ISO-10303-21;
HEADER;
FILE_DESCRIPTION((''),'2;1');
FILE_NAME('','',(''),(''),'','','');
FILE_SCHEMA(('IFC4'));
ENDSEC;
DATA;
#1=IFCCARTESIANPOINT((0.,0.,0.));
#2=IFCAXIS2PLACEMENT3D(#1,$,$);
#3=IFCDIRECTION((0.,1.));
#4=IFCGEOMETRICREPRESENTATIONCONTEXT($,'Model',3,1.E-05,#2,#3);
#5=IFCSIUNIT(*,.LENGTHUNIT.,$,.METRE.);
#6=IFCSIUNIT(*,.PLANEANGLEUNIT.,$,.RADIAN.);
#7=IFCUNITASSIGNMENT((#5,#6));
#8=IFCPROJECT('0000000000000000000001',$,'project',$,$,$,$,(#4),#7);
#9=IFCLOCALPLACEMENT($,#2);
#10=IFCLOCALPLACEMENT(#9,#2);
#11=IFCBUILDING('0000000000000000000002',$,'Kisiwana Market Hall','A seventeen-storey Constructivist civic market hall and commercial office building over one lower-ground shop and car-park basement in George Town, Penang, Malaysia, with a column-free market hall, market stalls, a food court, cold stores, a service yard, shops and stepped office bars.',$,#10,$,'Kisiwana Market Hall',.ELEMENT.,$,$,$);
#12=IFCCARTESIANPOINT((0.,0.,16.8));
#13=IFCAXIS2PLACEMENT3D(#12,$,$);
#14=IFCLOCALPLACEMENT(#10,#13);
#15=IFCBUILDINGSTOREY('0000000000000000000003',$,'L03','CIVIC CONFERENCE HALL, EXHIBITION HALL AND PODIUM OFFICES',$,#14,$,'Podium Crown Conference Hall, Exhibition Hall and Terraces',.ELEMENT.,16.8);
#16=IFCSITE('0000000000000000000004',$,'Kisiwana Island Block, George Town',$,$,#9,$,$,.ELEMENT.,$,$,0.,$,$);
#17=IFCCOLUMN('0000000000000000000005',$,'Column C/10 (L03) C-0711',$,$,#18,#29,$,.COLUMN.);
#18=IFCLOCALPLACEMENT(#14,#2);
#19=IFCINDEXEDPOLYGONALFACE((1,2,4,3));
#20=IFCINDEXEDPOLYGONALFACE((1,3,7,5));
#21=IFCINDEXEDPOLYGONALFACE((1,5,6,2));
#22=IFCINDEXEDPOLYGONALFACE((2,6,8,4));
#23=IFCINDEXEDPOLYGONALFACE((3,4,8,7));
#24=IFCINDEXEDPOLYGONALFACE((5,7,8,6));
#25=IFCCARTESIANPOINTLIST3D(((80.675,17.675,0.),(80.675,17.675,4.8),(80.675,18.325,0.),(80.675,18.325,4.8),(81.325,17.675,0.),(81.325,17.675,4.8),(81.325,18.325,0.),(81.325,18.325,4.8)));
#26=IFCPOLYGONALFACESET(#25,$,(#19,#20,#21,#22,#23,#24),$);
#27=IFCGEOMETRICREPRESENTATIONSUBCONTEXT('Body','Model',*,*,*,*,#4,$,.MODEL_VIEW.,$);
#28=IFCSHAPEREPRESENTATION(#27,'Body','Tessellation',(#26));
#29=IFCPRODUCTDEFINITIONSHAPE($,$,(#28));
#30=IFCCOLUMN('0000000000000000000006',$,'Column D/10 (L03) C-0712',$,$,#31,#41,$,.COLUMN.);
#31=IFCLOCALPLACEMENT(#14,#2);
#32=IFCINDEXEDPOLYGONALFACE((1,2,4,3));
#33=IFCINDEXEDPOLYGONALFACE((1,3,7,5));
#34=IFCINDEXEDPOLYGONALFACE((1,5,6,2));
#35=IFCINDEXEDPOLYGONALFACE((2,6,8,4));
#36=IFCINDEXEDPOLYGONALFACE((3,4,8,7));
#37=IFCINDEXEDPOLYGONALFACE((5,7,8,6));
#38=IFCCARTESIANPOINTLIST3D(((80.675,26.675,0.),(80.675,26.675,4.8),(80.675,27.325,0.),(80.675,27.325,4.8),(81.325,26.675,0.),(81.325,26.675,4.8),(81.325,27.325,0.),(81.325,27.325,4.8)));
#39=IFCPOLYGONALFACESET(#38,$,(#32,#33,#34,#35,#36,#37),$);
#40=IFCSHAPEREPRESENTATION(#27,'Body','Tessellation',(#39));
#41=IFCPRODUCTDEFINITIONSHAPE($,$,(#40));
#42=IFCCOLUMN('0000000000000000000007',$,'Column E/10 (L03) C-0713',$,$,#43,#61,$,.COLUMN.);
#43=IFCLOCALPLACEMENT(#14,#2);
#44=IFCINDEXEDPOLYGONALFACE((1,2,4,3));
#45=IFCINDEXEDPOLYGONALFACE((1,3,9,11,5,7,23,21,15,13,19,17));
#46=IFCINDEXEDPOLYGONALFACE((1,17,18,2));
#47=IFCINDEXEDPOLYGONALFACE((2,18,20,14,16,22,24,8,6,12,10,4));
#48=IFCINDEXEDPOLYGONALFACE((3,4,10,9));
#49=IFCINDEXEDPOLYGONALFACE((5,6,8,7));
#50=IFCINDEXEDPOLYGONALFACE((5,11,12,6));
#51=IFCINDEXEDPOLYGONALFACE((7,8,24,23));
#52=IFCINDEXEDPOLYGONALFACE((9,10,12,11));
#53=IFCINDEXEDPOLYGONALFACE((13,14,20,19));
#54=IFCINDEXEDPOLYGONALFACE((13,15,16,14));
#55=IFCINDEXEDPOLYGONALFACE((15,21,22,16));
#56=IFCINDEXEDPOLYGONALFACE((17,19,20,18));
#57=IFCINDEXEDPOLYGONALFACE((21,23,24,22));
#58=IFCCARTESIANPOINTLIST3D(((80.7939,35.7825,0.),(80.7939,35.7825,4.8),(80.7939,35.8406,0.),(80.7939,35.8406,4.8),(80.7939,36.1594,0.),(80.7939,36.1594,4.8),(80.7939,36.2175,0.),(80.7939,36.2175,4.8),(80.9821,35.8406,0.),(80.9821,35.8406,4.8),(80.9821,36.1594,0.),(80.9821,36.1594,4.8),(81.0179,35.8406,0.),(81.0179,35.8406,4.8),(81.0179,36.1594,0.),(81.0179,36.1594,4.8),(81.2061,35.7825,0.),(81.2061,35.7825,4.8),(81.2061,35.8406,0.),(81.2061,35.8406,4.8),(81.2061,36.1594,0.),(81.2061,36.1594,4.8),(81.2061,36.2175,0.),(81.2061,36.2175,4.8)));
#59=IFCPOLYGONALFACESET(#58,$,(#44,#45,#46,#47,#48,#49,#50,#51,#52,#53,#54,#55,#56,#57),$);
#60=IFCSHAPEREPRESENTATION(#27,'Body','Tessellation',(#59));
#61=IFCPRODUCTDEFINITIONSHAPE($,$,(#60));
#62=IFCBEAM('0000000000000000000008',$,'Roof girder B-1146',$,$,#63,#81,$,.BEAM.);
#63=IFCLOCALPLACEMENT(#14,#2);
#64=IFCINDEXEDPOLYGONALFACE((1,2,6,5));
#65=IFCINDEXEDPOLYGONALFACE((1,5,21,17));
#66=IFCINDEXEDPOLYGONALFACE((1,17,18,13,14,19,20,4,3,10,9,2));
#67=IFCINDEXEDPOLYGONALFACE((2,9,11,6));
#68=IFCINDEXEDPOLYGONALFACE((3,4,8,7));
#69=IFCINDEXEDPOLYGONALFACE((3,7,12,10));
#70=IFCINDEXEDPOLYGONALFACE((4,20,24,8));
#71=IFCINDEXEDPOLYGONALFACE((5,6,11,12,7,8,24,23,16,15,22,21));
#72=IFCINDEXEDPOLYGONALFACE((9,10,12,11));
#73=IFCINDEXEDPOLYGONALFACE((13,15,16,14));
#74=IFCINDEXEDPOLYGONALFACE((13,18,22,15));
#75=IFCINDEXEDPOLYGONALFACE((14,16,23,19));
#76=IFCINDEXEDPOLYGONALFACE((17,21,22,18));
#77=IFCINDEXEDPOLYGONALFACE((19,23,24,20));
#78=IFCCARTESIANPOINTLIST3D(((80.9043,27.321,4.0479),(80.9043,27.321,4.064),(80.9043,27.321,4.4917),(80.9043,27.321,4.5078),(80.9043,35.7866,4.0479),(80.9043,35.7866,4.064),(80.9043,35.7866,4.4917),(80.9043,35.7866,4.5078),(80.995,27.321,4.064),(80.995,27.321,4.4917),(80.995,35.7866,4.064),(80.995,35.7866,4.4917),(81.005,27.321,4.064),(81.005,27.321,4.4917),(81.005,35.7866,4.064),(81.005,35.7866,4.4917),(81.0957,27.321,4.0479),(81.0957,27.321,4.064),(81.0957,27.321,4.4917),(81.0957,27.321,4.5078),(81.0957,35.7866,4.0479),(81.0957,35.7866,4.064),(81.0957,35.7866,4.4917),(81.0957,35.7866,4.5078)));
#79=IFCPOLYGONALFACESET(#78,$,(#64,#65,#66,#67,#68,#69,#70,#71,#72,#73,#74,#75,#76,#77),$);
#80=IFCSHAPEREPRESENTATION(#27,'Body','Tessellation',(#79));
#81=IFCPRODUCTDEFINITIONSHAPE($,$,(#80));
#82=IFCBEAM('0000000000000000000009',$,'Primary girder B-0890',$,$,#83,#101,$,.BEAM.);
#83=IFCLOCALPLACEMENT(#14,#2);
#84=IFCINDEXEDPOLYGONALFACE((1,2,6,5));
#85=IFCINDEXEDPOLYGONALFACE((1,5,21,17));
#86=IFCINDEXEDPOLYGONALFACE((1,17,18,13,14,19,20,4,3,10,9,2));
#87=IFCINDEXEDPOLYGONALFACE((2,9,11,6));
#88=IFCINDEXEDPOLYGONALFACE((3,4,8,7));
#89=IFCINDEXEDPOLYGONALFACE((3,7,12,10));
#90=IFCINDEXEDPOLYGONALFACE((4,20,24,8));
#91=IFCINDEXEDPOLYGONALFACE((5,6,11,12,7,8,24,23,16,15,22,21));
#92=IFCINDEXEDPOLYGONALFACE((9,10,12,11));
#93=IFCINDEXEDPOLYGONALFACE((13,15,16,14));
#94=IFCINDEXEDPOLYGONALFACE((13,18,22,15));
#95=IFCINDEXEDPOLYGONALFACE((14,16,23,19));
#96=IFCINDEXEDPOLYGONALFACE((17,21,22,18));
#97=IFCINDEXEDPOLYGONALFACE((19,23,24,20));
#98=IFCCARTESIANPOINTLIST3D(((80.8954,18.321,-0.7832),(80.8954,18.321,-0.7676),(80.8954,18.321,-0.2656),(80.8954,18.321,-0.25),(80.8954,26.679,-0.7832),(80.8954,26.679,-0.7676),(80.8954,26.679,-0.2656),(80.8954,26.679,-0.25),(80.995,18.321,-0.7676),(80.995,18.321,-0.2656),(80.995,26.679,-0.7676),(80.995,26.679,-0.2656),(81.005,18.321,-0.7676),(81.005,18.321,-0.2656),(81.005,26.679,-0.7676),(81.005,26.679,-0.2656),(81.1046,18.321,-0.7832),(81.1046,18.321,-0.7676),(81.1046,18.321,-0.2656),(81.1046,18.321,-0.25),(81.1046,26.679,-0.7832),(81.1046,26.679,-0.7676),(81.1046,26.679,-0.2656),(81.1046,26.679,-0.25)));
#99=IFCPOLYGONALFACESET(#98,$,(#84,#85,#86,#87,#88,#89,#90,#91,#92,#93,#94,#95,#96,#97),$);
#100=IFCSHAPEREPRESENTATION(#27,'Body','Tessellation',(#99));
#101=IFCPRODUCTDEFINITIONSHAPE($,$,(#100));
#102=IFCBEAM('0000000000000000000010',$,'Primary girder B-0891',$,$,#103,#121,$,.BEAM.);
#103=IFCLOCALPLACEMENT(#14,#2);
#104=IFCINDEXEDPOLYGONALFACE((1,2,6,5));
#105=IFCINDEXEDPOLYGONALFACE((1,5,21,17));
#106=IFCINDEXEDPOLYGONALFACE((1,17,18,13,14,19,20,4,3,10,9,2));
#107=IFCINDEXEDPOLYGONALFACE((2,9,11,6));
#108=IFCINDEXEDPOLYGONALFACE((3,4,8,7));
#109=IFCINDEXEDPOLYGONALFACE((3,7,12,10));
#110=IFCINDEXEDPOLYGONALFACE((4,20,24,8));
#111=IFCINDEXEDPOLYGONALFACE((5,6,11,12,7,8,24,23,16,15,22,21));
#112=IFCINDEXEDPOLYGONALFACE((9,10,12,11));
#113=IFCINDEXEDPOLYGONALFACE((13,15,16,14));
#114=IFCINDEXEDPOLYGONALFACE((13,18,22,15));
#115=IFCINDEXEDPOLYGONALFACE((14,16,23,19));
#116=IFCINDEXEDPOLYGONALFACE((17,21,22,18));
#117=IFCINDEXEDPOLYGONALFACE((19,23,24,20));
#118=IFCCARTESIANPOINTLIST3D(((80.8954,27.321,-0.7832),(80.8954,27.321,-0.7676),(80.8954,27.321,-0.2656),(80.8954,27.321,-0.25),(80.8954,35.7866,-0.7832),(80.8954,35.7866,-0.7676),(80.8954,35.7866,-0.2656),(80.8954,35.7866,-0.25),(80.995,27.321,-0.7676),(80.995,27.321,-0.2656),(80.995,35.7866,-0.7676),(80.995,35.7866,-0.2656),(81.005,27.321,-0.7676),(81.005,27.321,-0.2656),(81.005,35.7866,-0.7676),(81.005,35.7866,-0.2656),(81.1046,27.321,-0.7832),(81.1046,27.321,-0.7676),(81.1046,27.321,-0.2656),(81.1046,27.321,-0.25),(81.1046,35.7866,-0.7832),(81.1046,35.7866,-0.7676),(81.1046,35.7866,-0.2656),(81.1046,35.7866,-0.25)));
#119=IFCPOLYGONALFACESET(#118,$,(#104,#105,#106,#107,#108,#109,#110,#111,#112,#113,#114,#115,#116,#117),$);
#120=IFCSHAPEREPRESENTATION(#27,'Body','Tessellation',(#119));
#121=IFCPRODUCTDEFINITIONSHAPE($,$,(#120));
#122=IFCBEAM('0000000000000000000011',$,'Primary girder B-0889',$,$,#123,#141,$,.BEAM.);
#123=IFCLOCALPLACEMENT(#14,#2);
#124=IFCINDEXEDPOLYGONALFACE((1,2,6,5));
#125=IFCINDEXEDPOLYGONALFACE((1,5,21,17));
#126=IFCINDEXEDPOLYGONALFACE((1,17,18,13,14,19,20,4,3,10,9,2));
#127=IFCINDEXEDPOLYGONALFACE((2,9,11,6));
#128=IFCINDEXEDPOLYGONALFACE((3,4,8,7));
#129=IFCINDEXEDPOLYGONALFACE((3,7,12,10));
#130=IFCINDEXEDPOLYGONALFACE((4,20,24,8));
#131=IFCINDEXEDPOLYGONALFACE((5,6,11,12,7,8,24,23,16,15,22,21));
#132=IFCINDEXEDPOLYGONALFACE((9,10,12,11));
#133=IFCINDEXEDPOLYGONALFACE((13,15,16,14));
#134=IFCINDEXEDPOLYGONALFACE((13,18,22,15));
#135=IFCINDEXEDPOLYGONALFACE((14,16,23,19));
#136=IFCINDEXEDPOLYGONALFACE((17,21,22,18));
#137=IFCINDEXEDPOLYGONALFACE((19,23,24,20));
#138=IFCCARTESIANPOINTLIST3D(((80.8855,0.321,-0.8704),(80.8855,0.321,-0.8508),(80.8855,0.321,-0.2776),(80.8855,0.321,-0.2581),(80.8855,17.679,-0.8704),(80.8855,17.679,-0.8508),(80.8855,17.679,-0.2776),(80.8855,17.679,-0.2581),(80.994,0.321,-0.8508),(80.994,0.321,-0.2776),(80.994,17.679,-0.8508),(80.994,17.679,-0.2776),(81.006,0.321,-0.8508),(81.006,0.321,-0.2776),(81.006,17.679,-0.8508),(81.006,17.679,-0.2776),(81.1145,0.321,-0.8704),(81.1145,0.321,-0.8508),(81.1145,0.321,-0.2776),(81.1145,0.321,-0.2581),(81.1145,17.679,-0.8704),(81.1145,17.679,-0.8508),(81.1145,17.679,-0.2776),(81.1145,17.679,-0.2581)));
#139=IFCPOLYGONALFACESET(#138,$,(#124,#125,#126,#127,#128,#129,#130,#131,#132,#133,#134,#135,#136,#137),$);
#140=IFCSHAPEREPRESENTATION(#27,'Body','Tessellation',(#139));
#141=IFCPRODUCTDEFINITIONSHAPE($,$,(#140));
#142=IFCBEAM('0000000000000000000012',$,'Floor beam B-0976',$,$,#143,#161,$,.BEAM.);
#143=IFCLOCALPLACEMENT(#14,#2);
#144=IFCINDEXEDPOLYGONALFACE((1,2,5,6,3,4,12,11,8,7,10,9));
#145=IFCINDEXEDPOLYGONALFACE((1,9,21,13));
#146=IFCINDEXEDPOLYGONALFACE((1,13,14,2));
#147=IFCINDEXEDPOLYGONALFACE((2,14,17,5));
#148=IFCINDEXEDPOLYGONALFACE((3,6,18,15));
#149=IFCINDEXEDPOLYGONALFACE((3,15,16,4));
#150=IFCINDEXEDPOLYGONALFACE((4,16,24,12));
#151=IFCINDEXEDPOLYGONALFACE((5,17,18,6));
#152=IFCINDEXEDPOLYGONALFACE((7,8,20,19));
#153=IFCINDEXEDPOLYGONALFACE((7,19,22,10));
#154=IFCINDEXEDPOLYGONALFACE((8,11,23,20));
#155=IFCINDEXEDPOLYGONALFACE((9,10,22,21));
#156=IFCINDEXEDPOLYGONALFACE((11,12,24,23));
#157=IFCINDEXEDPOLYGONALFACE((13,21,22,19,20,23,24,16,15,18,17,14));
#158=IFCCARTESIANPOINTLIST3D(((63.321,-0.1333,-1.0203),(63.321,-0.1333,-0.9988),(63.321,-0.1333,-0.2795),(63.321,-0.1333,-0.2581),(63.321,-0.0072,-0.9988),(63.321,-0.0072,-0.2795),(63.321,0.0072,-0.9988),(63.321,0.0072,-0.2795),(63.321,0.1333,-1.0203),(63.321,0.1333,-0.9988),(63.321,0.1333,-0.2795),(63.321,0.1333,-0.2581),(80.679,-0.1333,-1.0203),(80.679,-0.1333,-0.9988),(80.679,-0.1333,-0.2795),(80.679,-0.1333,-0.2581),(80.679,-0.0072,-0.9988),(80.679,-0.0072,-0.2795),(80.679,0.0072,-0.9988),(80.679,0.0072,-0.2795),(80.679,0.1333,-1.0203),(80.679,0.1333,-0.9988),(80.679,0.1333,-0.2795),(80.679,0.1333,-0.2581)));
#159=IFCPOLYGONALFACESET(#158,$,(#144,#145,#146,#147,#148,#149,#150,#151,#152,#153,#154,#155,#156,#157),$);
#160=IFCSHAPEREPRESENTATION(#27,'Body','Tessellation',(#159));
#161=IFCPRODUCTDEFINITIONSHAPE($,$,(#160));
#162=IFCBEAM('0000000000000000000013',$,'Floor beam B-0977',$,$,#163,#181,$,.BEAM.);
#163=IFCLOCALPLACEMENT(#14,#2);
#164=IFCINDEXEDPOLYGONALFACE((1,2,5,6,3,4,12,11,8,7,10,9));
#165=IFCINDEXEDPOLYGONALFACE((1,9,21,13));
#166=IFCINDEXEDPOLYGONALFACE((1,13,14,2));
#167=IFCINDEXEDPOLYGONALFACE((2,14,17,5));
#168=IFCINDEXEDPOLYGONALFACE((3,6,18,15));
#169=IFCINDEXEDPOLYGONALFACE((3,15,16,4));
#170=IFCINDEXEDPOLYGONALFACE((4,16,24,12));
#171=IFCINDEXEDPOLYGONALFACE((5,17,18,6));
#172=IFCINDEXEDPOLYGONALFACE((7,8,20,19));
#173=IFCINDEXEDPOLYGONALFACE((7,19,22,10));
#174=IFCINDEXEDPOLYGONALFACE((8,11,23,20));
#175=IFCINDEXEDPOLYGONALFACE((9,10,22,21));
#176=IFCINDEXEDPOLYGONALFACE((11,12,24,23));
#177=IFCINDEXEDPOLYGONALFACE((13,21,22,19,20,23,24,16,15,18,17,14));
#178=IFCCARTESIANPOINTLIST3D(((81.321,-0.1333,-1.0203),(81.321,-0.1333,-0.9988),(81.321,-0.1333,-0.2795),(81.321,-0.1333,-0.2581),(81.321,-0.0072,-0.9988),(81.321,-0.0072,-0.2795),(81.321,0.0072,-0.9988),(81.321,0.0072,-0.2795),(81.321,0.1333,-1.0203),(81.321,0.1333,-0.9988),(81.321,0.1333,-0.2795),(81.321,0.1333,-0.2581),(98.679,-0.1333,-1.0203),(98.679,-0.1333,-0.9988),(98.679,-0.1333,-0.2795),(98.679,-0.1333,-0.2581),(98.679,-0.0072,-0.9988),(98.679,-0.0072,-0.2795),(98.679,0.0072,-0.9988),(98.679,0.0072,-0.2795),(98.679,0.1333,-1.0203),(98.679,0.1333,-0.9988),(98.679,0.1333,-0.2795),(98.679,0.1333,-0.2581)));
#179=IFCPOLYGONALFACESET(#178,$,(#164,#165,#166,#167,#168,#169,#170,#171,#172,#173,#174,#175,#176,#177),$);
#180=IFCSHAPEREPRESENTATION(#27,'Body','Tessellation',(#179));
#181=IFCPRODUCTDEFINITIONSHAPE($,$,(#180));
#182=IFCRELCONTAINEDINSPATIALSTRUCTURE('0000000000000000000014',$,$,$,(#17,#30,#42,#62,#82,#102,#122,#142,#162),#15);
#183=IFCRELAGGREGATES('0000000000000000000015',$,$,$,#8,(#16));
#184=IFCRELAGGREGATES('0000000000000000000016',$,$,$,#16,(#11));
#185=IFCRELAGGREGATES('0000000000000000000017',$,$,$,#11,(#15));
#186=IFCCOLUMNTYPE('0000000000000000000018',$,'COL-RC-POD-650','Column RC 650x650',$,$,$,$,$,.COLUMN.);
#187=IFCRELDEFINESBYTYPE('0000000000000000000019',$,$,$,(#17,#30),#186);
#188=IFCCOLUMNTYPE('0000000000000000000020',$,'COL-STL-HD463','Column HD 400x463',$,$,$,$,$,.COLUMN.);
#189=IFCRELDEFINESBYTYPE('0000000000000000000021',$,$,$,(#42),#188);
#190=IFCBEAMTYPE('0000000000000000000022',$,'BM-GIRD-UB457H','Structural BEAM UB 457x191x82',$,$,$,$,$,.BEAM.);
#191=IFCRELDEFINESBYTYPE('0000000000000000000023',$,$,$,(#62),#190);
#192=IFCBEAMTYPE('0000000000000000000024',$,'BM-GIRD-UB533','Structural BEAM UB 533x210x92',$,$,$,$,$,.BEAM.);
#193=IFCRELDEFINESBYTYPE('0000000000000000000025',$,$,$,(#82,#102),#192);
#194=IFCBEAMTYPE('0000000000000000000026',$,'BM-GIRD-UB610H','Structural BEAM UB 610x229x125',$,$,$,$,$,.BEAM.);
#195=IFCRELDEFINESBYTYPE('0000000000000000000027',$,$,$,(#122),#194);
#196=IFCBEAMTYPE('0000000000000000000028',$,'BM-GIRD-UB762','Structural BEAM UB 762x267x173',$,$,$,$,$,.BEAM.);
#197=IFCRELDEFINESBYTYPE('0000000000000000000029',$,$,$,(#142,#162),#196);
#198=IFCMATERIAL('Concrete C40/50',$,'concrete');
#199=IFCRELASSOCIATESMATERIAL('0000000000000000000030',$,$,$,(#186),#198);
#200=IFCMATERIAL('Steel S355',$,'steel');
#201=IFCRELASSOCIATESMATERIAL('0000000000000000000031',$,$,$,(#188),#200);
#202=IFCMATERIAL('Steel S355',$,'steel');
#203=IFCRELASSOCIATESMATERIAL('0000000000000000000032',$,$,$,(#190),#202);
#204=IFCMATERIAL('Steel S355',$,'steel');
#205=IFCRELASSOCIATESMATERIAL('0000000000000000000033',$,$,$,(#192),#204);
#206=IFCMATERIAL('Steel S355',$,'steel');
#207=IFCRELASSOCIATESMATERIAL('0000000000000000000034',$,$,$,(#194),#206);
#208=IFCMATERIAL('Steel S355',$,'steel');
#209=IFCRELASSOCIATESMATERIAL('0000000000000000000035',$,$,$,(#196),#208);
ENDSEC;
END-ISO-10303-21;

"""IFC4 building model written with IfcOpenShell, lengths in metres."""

from ifc_helpers import new_model, si_unit, direction, frame, origin, origin_2d, place, context, subcontext, project, spatial, rectangle, i_section, extrude, material, material_profile, profile_set, type_object, element, save


model = new_model("IFC4")

# Units and contexts
model_context = context("Model", 3, precision=1e-05, world=origin(), true_north=direction((0.0, 1.0)))
body_context = subcontext(model_context, "Body", "Model", "MODEL_VIEW")
ifc_project = project(units=[si_unit("LENGTHUNIT", "METRE"), si_unit("PLANEANGLEUNIT", "RADIAN")], contexts=[model_context])

# Site, building, storey
site_placement = place(None, origin())
site = spatial("IfcSite", under=ifc_project, at=site_placement, Name="Kisiwana Island Block, George Town", CompositionType="ELEMENT", RefElevation=0.0)
building_placement = place(site_placement, origin())
building = spatial("IfcBuilding", under=site, at=building_placement, Name="Kisiwana Market Hall", Description="A seventeen-storey Constructivist civic market hall and commercial office building over one lower-ground shop and car-park basement in George Town, Penang, Malaysia, with a column-free market hall, market stalls, a food court, cold stores, a service yard, shops and stepped office bars.", LongName="Kisiwana Market Hall", CompositionType="ELEMENT")
storey_placement = place(building_placement, frame((0.0, 0.0, 16.8)))
storey = spatial("IfcBuildingStorey", under=building, at=storey_placement, Name="L03", Description="CIVIC CONFERENCE HALL, EXHIBITION HALL AND PODIUM OFFICES", LongName="Podium Crown Conference Hall, Exhibition Hall and Terraces", CompositionType="ELEMENT", Elevation=16.8)

# Columns
ifc_material_1 = material(Name="Concrete C40/50", Category="concrete")
ifc_material_profile_1 = material_profile(ifc_material_1, rectangle(XDim=0.6499, YDim=0.6499, at=origin_2d()), Name="RC 650x650")
ifc_profile_set_1 = profile_set([ifc_material_profile_1], Name="Concrete C40/50")
column_type_1 = type_object("IfcColumnType", Name="COL-RC-POD-650", Description="Column RC 650x650", PredefinedType="COLUMN", material=ifc_profile_set_1)
for number, where, z_axis, x_axis, name in (
    (1, (81.0, 18.0, 0.0), (0.0, 0.0, 1.0), (1.0, 0.0, 0.0), "Column C/10 (L03) C-0711"),
    (2, (81.0, 27.0, 0.0), (0.0, 0.0, 1.0), (1.0, 0.0, 0.0), "Column D/10 (L03) C-0712"),
):
    element("IfcColumn", number, at=place(storey_placement, frame(where, z_axis=z_axis, x_axis=x_axis)), inside=storey, type_object=column_type_1, Name=name, PredefinedType="COLUMN", context=body_context, shape_type="SweptSolid", body=[
        extrude(rectangle(XDim=0.6499, YDim=0.6499, at=origin_2d()), origin(), (0.0, 0.0, 1.0), 4.8),
    ])
ifc_material_2 = material(Name="Steel S355", Category="steel")
ifc_material_profile_2 = material_profile(ifc_material_2, i_section(OverallWidth=0.4121, OverallDepth=0.4351, WebThickness=0.0359, FlangeThickness=0.0581, at=origin_2d()), Name="HD 400x463")
ifc_profile_set_2 = profile_set([ifc_material_profile_2], Name="Steel S355")
column_type_2 = type_object("IfcColumnType", Name="COL-STL-HD463", Description="Column HD 400x463", PredefinedType="COLUMN", material=ifc_profile_set_2)
column_placement = place(storey_placement, frame((81.0, 36.0, 0.0), z_axis=(0.0, 0.0, 1.0), x_axis=(1.0, 0.0, 0.0)))
element("IfcColumn", 3, at=column_placement, inside=storey, type_object=column_type_2, Name="Column E/10 (L03) C-0713", PredefinedType="COLUMN", context=body_context, shape_type="SweptSolid", body=[
    extrude(i_section(OverallWidth=0.4121, OverallDepth=0.4351, WebThickness=0.0359, FlangeThickness=0.0581, at=origin_2d()), origin(), (0.0, 0.0, 1.0), 4.8),
])

# Beams
ifc_material_3 = material(Name="Steel S355", Category="steel")
ifc_material_profile_3 = material_profile(ifc_material_3, i_section(OverallWidth=0.1914, OverallDepth=0.46, WebThickness=0.01, FlangeThickness=0.0161, at=origin_2d()), Name="UB 457x191x82")
ifc_profile_set_3 = profile_set([ifc_material_profile_3], Name="Steel S355")
beam_type_1 = type_object("IfcBeamType", Name="BM-GIRD-UB457H", Description="Structural BEAM UB 457x191x82", PredefinedType="BEAM", material=ifc_profile_set_3)
beam_1_placement = place(storey_placement, frame((81.0, 27.321, 4.2778), z_axis=(0.0, 1.0, 0.0), x_axis=(-1.0, 0.0, 0.0)))
element("IfcBeam", 4, at=beam_1_placement, inside=storey, type_object=beam_type_1, Name="Roof girder B-1146", PredefinedType="BEAM", context=body_context, shape_type="SweptSolid", body=[
    extrude(i_section(OverallWidth=0.1914, OverallDepth=0.46, WebThickness=0.01, FlangeThickness=0.0161, at=origin_2d()), origin(), (0.0, 0.0, 1.0), 8.4656),
])
ifc_material_4 = material(Name="Steel S355", Category="steel")
ifc_material_profile_4 = material_profile(ifc_material_4, i_section(OverallWidth=0.2092, OverallDepth=0.5332, WebThickness=0.01, FlangeThickness=0.0156, at=origin_2d()), Name="UB 533x210x92")
ifc_profile_set_4 = profile_set([ifc_material_profile_4], Name="Steel S355")
beam_type_2 = type_object("IfcBeamType", Name="BM-GIRD-UB533", Description="Structural BEAM UB 533x210x92", PredefinedType="BEAM", material=ifc_profile_set_4)
beam_2_placement = place(storey_placement, frame((81.0, 18.321, -0.5166), z_axis=(0.0, 1.0, 0.0), x_axis=(-1.0, 0.0, 0.0)))
element("IfcBeam", 5, at=beam_2_placement, inside=storey, type_object=beam_type_2, Name="Primary girder B-0890", PredefinedType="BEAM", context=body_context, shape_type="SweptSolid", body=[
    extrude(i_section(OverallWidth=0.2092, OverallDepth=0.5332, WebThickness=0.01, FlangeThickness=0.0156, at=origin_2d()), origin(), (0.0, 0.0, 1.0), 8.3579),
])
beam_3_placement = place(storey_placement, frame((81.0, 27.321, -0.5166), z_axis=(0.0, 1.0, 0.0), x_axis=(-1.0, 0.0, 0.0)))
element("IfcBeam", 6, at=beam_3_placement, inside=storey, type_object=beam_type_2, Name="Primary girder B-0891", PredefinedType="BEAM", context=body_context, shape_type="SweptSolid", body=[
    extrude(i_section(OverallWidth=0.2092, OverallDepth=0.5332, WebThickness=0.01, FlangeThickness=0.0156, at=origin_2d()), origin(), (0.0, 0.0, 1.0), 8.4656),
])
ifc_material_5 = material(Name="Steel S355", Category="steel")
ifc_material_profile_5 = material_profile(ifc_material_5, i_section(OverallWidth=0.229, OverallDepth=0.6123, WebThickness=0.012, FlangeThickness=0.0195, at=origin_2d()), Name="UB 610x229x125")
ifc_profile_set_5 = profile_set([ifc_material_profile_5], Name="Steel S355")
beam_type_3 = type_object("IfcBeamType", Name="BM-GIRD-UB610H", Description="Structural BEAM UB 610x229x125", PredefinedType="BEAM", material=ifc_profile_set_5)
beam_4_placement = place(storey_placement, frame((81.0, 0.321, -0.5642), z_axis=(0.0, 1.0, 0.0), x_axis=(-1.0, 0.0, 0.0)))
element("IfcBeam", 7, at=beam_4_placement, inside=storey, type_object=beam_type_3, Name="Primary girder B-0889", PredefinedType="BEAM", context=body_context, shape_type="SweptSolid", body=[
    extrude(i_section(OverallWidth=0.229, OverallDepth=0.6123, WebThickness=0.012, FlangeThickness=0.0195, at=origin_2d()), origin(), (0.0, 0.0, 1.0), 17.3579),
])
ifc_material_6 = material(Name="Steel S355", Category="steel")
ifc_material_profile_6 = material_profile(ifc_material_6, i_section(OverallWidth=0.2666, OverallDepth=0.7622, WebThickness=0.0144, FlangeThickness=0.0215, at=origin_2d()), Name="UB 762x267x173")
ifc_profile_set_6 = profile_set([ifc_material_profile_6], Name="Steel S355")
beam_type_4 = type_object("IfcBeamType", Name="BM-GIRD-UB762", Description="Structural BEAM UB 762x267x173", PredefinedType="BEAM", material=ifc_profile_set_6)
for number, where, z_axis, x_axis, name in (
    (8, (63.321, 0.0, -0.6392), (1.0, 0.0, 0.0), (0.0, 1.0, 0.0), "Floor beam B-0976"),
    (9, (81.321, 0.0, -0.6392), (1.0, 0.0, 0.0), (0.0, 1.0, 0.0), "Floor beam B-0977"),
):
    element("IfcBeam", number, at=place(storey_placement, frame(where, z_axis=z_axis, x_axis=x_axis)), inside=storey, type_object=beam_type_4, Name=name, PredefinedType="BEAM", context=body_context, shape_type="SweptSolid", body=[
        extrude(i_section(OverallWidth=0.2666, OverallDepth=0.7622, WebThickness=0.0144, FlangeThickness=0.0215, at=origin_2d()), origin(), (0.0, 0.0, 1.0), 17.3579),
    ])

save(model, "model.ifc")
